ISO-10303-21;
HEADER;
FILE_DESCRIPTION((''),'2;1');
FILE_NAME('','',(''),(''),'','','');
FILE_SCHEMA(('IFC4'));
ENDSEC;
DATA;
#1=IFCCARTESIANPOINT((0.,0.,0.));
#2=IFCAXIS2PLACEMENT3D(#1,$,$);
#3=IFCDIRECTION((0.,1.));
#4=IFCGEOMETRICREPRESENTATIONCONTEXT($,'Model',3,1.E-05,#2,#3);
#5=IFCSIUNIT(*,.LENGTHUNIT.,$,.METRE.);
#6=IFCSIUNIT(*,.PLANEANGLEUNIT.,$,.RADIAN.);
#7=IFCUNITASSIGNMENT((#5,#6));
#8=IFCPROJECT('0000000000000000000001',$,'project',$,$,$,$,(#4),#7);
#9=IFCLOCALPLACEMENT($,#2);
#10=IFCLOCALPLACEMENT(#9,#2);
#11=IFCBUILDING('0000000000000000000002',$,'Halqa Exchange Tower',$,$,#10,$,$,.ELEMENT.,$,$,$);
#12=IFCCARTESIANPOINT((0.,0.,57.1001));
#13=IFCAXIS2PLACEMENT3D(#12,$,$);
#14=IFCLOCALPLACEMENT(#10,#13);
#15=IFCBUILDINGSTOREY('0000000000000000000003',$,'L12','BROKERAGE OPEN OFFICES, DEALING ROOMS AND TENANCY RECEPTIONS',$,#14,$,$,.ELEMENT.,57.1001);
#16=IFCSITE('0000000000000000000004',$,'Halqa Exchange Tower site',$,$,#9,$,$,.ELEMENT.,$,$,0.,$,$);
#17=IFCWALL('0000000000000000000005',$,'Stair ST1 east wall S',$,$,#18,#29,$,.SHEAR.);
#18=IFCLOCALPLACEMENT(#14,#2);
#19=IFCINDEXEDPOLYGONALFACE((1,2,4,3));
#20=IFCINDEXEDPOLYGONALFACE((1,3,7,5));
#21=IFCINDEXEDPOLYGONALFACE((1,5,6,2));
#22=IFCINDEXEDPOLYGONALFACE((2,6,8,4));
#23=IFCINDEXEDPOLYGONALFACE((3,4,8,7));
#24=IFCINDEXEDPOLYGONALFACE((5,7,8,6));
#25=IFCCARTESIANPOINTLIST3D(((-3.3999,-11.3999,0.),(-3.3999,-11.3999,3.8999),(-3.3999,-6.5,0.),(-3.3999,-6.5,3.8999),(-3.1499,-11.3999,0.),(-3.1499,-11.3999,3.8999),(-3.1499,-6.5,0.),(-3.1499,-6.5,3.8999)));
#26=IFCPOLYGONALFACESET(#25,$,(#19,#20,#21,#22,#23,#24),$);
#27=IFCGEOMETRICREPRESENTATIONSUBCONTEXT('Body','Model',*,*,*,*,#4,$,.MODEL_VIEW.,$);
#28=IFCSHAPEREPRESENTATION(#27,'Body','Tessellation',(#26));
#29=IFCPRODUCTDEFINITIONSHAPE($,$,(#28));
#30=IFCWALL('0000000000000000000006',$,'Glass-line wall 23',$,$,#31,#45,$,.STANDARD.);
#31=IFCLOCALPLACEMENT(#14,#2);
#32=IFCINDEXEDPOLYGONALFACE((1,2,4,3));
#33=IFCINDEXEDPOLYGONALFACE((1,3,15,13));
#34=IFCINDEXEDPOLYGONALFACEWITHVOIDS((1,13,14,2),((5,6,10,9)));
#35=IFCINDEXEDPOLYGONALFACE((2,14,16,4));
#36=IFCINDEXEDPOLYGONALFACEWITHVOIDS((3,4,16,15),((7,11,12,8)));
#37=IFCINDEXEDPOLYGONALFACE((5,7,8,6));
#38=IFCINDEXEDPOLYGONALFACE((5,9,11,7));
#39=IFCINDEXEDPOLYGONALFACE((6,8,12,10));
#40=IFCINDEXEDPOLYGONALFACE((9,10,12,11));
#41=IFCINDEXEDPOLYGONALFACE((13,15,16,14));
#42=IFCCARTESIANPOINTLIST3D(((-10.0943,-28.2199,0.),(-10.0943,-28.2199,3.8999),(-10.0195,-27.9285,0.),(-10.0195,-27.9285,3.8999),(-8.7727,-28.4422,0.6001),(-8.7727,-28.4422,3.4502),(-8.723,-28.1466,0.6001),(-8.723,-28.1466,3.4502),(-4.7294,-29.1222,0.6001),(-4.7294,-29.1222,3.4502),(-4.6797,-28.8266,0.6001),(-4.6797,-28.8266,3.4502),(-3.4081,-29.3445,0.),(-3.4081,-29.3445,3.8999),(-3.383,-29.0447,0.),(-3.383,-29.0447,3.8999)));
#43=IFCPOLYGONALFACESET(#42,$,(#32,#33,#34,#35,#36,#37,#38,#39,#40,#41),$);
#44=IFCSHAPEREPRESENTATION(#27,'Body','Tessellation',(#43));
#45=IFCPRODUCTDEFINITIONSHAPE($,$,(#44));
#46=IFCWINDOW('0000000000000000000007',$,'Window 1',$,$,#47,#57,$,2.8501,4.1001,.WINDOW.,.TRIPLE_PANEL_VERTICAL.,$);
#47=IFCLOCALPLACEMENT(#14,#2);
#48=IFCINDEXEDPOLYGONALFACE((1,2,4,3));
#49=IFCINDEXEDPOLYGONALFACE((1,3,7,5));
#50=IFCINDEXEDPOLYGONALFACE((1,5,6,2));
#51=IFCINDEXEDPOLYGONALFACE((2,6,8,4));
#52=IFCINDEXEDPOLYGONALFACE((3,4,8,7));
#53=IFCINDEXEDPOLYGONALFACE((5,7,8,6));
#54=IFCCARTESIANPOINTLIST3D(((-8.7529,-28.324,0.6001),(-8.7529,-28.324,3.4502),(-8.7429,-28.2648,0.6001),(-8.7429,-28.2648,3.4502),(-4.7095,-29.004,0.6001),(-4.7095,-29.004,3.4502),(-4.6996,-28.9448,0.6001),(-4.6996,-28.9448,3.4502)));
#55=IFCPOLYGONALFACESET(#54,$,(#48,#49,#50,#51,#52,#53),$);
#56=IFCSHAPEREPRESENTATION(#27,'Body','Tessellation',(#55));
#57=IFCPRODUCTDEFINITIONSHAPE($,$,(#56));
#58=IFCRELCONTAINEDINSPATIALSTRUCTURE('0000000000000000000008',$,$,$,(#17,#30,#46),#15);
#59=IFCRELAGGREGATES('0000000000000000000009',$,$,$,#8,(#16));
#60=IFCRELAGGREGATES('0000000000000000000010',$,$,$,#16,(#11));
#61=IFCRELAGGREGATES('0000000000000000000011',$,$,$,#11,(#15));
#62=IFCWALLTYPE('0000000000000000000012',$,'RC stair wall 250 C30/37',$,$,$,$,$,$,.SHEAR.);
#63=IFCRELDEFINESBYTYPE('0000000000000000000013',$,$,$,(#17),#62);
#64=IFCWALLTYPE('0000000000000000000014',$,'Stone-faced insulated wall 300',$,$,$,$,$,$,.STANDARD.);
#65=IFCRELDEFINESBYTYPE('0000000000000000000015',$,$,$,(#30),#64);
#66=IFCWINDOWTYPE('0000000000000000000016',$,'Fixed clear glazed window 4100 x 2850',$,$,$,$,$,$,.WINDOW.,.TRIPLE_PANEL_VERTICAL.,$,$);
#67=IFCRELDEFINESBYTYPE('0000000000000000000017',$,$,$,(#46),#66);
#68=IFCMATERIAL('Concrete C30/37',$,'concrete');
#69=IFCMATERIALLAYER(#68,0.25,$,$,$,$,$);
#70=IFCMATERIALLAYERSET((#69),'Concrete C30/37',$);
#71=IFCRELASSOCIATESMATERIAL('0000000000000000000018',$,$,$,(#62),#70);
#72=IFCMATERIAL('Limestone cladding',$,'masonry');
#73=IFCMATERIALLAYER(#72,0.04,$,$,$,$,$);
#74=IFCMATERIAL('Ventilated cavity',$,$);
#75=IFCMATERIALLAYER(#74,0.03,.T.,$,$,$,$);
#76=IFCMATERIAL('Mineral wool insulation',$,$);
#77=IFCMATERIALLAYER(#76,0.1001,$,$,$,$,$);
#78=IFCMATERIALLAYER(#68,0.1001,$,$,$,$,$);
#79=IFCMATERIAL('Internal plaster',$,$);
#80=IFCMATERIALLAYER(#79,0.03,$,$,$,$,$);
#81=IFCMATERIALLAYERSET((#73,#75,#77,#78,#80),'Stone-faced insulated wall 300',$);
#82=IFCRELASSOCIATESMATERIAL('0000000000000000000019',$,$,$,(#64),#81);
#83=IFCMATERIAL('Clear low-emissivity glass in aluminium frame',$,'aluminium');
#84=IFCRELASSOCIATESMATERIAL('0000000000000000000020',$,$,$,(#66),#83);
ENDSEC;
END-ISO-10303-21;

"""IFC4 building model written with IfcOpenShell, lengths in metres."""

from ifc_helpers import new_model, si_unit, direction, frame, frame_2d, origin, place, context, subcontext, project, spatial, polyline, rectangle, outline, extrude, material, layer, layer_set, type_object, element, fill, save


model = new_model("IFC4")

# Units and contexts
model_context = context("Model", 3, precision=1e-05, world=origin(), true_north=direction((0.0, 1.0)))
body_context = subcontext(model_context, "Body", "Model", "MODEL_VIEW")
ifc_project = project(units=[si_unit("LENGTHUNIT", "METRE"), si_unit("PLANEANGLEUNIT", "RADIAN")], contexts=[model_context])

# Site, building, storey
site_placement = place(None, origin())
site = spatial("IfcSite", under=ifc_project, at=site_placement, Name="Halqa Exchange Tower site", CompositionType="ELEMENT", RefElevation=0.0)
building_placement = place(site_placement, origin())
building = spatial("IfcBuilding", under=site, at=building_placement, Name="Halqa Exchange Tower", CompositionType="ELEMENT")
storey_placement = place(building_placement, frame((0.0, 0.0, 57.1001)))
storey = spatial("IfcBuildingStorey", under=building, at=storey_placement, Name="L12", Description="BROKERAGE OPEN OFFICES, DEALING ROOMS AND TENANCY RECEPTIONS", CompositionType="ELEMENT", Elevation=57.1001)

# Wall
ifc_material_1 = material(Name="Concrete C30/37", Category="concrete")
ifc_layer_1 = layer(ifc_material_1, 0.25)
ifc_layer_set_1 = layer_set([ifc_layer_1], Name="Concrete C30/37")
wall_type_1 = type_object("IfcWallType", Name="RC stair wall 250 C30/37", PredefinedType="SHEAR", material=ifc_layer_set_1)
wall_1_placement = place(storey_placement, frame((-3.2749, -11.3999, 0.0), z_axis=(0.0, 0.0, 1.0), x_axis=(0.0, 1.0, 0.0)))
element("IfcWall", 1, at=wall_1_placement, inside=storey, type_object=wall_type_1, Name="Stair ST1 east wall S", PredefinedType="SHEAR", context=body_context, shape_type="SweptSolid", body=[
    extrude(rectangle(XDim=4.8999, YDim=0.25, at=frame_2d((2.45, 0.0))), origin(), (0.0, 0.0, 1.0), 3.8999),
])

# Wall, opening, window
ifc_material_2 = material(Name="Limestone cladding", Category="masonry")
ifc_layer_2 = layer(ifc_material_2, 0.04)
ifc_material_3 = material(Name="Ventilated cavity")
ifc_layer_3 = layer(ifc_material_3, 0.03, ventilated=True)
ifc_material_4 = material(Name="Mineral wool insulation")
ifc_layer_4 = layer(ifc_material_4, 0.1001)
ifc_layer_5 = layer(ifc_material_1, 0.1001)
ifc_material_5 = material(Name="Internal plaster")
ifc_layer_6 = layer(ifc_material_5, 0.03)
ifc_layer_set_2 = layer_set([ifc_layer_2, ifc_layer_3, ifc_layer_4, ifc_layer_5, ifc_layer_6], Name="Stone-faced insulated wall 300")
wall_type_2 = type_object("IfcWallType", Name="Stone-faced insulated wall 300", PredefinedType="STANDARD", material=ifc_layer_set_2)
wall_2_placement = place(storey_placement, frame((-10.0569, -28.0742, 0.0), z_axis=(0.0, 0.0, 1.0), x_axis=(0.98615, -0.165858, 0.0)))
wall_2 = element("IfcWall", 2, at=wall_2_placement, inside=storey, type_object=wall_type_2, Name="Glass-line wall 23", PredefinedType="STANDARD", context=body_context, shape_type="SweptSolid", body=[
    extrude(outline(polyline([(-0.0127, -0.1499), (6.7673, -0.1499), (6.7424, 0.1499), (0.0127, 0.1499), (-0.0127, -0.1499)])), origin(), (0.0, 0.0, 1.0), 3.8999),
])
opening_1_placement = place(wall_2_placement, frame((1.3274, 0.0, 0.6001)))
opening_1 = element("IfcOpeningElement", 3, at=opening_1_placement, cuts=wall_2, PredefinedType="OPENING", context=body_context, shape_type="SweptSolid", body=[
    extrude(rectangle(XDim=4.1001, YDim=2.8501, at=frame_2d((2.05, 1.425))), frame((0.0, 0.1621, 0.0), z_axis=(0.0, -1.0, 0.0), x_axis=(1.0, 0.0, 0.0)), (0.0, 0.0, 1.0), 0.324),
])
ifc_material_6 = material(Name="Clear low-emissivity glass in aluminium frame", Category="aluminium")
window_type = type_object("IfcWindowType", Name="Fixed clear glazed window 4100 x 2850", PartitioningType="TRIPLE_PANEL_VERTICAL", PredefinedType="WINDOW", material=ifc_material_6)
window_placement = place(opening_1_placement, origin())
window = element("IfcWindow", 4, at=window_placement, inside=storey, type_object=window_type, Name="Window 1", OverallHeight=2.8501, OverallWidth=4.1001, PartitioningType="TRIPLE_PANEL_VERTICAL", PredefinedType="WINDOW", context=body_context, shape_type="SweptSolid", body=[
    extrude(rectangle(XDim=4.1001, YDim=2.8501, at=frame_2d((2.05, 1.425))), frame((0.0, 0.03, 0.0), z_axis=(0.0, -1.0, 0.0), x_axis=(1.0, 0.0, 0.0)), (0.0, 0.0, 1.0), 0.0601),
])
fill(opening_1, window)

save(model, "model.ifc")
